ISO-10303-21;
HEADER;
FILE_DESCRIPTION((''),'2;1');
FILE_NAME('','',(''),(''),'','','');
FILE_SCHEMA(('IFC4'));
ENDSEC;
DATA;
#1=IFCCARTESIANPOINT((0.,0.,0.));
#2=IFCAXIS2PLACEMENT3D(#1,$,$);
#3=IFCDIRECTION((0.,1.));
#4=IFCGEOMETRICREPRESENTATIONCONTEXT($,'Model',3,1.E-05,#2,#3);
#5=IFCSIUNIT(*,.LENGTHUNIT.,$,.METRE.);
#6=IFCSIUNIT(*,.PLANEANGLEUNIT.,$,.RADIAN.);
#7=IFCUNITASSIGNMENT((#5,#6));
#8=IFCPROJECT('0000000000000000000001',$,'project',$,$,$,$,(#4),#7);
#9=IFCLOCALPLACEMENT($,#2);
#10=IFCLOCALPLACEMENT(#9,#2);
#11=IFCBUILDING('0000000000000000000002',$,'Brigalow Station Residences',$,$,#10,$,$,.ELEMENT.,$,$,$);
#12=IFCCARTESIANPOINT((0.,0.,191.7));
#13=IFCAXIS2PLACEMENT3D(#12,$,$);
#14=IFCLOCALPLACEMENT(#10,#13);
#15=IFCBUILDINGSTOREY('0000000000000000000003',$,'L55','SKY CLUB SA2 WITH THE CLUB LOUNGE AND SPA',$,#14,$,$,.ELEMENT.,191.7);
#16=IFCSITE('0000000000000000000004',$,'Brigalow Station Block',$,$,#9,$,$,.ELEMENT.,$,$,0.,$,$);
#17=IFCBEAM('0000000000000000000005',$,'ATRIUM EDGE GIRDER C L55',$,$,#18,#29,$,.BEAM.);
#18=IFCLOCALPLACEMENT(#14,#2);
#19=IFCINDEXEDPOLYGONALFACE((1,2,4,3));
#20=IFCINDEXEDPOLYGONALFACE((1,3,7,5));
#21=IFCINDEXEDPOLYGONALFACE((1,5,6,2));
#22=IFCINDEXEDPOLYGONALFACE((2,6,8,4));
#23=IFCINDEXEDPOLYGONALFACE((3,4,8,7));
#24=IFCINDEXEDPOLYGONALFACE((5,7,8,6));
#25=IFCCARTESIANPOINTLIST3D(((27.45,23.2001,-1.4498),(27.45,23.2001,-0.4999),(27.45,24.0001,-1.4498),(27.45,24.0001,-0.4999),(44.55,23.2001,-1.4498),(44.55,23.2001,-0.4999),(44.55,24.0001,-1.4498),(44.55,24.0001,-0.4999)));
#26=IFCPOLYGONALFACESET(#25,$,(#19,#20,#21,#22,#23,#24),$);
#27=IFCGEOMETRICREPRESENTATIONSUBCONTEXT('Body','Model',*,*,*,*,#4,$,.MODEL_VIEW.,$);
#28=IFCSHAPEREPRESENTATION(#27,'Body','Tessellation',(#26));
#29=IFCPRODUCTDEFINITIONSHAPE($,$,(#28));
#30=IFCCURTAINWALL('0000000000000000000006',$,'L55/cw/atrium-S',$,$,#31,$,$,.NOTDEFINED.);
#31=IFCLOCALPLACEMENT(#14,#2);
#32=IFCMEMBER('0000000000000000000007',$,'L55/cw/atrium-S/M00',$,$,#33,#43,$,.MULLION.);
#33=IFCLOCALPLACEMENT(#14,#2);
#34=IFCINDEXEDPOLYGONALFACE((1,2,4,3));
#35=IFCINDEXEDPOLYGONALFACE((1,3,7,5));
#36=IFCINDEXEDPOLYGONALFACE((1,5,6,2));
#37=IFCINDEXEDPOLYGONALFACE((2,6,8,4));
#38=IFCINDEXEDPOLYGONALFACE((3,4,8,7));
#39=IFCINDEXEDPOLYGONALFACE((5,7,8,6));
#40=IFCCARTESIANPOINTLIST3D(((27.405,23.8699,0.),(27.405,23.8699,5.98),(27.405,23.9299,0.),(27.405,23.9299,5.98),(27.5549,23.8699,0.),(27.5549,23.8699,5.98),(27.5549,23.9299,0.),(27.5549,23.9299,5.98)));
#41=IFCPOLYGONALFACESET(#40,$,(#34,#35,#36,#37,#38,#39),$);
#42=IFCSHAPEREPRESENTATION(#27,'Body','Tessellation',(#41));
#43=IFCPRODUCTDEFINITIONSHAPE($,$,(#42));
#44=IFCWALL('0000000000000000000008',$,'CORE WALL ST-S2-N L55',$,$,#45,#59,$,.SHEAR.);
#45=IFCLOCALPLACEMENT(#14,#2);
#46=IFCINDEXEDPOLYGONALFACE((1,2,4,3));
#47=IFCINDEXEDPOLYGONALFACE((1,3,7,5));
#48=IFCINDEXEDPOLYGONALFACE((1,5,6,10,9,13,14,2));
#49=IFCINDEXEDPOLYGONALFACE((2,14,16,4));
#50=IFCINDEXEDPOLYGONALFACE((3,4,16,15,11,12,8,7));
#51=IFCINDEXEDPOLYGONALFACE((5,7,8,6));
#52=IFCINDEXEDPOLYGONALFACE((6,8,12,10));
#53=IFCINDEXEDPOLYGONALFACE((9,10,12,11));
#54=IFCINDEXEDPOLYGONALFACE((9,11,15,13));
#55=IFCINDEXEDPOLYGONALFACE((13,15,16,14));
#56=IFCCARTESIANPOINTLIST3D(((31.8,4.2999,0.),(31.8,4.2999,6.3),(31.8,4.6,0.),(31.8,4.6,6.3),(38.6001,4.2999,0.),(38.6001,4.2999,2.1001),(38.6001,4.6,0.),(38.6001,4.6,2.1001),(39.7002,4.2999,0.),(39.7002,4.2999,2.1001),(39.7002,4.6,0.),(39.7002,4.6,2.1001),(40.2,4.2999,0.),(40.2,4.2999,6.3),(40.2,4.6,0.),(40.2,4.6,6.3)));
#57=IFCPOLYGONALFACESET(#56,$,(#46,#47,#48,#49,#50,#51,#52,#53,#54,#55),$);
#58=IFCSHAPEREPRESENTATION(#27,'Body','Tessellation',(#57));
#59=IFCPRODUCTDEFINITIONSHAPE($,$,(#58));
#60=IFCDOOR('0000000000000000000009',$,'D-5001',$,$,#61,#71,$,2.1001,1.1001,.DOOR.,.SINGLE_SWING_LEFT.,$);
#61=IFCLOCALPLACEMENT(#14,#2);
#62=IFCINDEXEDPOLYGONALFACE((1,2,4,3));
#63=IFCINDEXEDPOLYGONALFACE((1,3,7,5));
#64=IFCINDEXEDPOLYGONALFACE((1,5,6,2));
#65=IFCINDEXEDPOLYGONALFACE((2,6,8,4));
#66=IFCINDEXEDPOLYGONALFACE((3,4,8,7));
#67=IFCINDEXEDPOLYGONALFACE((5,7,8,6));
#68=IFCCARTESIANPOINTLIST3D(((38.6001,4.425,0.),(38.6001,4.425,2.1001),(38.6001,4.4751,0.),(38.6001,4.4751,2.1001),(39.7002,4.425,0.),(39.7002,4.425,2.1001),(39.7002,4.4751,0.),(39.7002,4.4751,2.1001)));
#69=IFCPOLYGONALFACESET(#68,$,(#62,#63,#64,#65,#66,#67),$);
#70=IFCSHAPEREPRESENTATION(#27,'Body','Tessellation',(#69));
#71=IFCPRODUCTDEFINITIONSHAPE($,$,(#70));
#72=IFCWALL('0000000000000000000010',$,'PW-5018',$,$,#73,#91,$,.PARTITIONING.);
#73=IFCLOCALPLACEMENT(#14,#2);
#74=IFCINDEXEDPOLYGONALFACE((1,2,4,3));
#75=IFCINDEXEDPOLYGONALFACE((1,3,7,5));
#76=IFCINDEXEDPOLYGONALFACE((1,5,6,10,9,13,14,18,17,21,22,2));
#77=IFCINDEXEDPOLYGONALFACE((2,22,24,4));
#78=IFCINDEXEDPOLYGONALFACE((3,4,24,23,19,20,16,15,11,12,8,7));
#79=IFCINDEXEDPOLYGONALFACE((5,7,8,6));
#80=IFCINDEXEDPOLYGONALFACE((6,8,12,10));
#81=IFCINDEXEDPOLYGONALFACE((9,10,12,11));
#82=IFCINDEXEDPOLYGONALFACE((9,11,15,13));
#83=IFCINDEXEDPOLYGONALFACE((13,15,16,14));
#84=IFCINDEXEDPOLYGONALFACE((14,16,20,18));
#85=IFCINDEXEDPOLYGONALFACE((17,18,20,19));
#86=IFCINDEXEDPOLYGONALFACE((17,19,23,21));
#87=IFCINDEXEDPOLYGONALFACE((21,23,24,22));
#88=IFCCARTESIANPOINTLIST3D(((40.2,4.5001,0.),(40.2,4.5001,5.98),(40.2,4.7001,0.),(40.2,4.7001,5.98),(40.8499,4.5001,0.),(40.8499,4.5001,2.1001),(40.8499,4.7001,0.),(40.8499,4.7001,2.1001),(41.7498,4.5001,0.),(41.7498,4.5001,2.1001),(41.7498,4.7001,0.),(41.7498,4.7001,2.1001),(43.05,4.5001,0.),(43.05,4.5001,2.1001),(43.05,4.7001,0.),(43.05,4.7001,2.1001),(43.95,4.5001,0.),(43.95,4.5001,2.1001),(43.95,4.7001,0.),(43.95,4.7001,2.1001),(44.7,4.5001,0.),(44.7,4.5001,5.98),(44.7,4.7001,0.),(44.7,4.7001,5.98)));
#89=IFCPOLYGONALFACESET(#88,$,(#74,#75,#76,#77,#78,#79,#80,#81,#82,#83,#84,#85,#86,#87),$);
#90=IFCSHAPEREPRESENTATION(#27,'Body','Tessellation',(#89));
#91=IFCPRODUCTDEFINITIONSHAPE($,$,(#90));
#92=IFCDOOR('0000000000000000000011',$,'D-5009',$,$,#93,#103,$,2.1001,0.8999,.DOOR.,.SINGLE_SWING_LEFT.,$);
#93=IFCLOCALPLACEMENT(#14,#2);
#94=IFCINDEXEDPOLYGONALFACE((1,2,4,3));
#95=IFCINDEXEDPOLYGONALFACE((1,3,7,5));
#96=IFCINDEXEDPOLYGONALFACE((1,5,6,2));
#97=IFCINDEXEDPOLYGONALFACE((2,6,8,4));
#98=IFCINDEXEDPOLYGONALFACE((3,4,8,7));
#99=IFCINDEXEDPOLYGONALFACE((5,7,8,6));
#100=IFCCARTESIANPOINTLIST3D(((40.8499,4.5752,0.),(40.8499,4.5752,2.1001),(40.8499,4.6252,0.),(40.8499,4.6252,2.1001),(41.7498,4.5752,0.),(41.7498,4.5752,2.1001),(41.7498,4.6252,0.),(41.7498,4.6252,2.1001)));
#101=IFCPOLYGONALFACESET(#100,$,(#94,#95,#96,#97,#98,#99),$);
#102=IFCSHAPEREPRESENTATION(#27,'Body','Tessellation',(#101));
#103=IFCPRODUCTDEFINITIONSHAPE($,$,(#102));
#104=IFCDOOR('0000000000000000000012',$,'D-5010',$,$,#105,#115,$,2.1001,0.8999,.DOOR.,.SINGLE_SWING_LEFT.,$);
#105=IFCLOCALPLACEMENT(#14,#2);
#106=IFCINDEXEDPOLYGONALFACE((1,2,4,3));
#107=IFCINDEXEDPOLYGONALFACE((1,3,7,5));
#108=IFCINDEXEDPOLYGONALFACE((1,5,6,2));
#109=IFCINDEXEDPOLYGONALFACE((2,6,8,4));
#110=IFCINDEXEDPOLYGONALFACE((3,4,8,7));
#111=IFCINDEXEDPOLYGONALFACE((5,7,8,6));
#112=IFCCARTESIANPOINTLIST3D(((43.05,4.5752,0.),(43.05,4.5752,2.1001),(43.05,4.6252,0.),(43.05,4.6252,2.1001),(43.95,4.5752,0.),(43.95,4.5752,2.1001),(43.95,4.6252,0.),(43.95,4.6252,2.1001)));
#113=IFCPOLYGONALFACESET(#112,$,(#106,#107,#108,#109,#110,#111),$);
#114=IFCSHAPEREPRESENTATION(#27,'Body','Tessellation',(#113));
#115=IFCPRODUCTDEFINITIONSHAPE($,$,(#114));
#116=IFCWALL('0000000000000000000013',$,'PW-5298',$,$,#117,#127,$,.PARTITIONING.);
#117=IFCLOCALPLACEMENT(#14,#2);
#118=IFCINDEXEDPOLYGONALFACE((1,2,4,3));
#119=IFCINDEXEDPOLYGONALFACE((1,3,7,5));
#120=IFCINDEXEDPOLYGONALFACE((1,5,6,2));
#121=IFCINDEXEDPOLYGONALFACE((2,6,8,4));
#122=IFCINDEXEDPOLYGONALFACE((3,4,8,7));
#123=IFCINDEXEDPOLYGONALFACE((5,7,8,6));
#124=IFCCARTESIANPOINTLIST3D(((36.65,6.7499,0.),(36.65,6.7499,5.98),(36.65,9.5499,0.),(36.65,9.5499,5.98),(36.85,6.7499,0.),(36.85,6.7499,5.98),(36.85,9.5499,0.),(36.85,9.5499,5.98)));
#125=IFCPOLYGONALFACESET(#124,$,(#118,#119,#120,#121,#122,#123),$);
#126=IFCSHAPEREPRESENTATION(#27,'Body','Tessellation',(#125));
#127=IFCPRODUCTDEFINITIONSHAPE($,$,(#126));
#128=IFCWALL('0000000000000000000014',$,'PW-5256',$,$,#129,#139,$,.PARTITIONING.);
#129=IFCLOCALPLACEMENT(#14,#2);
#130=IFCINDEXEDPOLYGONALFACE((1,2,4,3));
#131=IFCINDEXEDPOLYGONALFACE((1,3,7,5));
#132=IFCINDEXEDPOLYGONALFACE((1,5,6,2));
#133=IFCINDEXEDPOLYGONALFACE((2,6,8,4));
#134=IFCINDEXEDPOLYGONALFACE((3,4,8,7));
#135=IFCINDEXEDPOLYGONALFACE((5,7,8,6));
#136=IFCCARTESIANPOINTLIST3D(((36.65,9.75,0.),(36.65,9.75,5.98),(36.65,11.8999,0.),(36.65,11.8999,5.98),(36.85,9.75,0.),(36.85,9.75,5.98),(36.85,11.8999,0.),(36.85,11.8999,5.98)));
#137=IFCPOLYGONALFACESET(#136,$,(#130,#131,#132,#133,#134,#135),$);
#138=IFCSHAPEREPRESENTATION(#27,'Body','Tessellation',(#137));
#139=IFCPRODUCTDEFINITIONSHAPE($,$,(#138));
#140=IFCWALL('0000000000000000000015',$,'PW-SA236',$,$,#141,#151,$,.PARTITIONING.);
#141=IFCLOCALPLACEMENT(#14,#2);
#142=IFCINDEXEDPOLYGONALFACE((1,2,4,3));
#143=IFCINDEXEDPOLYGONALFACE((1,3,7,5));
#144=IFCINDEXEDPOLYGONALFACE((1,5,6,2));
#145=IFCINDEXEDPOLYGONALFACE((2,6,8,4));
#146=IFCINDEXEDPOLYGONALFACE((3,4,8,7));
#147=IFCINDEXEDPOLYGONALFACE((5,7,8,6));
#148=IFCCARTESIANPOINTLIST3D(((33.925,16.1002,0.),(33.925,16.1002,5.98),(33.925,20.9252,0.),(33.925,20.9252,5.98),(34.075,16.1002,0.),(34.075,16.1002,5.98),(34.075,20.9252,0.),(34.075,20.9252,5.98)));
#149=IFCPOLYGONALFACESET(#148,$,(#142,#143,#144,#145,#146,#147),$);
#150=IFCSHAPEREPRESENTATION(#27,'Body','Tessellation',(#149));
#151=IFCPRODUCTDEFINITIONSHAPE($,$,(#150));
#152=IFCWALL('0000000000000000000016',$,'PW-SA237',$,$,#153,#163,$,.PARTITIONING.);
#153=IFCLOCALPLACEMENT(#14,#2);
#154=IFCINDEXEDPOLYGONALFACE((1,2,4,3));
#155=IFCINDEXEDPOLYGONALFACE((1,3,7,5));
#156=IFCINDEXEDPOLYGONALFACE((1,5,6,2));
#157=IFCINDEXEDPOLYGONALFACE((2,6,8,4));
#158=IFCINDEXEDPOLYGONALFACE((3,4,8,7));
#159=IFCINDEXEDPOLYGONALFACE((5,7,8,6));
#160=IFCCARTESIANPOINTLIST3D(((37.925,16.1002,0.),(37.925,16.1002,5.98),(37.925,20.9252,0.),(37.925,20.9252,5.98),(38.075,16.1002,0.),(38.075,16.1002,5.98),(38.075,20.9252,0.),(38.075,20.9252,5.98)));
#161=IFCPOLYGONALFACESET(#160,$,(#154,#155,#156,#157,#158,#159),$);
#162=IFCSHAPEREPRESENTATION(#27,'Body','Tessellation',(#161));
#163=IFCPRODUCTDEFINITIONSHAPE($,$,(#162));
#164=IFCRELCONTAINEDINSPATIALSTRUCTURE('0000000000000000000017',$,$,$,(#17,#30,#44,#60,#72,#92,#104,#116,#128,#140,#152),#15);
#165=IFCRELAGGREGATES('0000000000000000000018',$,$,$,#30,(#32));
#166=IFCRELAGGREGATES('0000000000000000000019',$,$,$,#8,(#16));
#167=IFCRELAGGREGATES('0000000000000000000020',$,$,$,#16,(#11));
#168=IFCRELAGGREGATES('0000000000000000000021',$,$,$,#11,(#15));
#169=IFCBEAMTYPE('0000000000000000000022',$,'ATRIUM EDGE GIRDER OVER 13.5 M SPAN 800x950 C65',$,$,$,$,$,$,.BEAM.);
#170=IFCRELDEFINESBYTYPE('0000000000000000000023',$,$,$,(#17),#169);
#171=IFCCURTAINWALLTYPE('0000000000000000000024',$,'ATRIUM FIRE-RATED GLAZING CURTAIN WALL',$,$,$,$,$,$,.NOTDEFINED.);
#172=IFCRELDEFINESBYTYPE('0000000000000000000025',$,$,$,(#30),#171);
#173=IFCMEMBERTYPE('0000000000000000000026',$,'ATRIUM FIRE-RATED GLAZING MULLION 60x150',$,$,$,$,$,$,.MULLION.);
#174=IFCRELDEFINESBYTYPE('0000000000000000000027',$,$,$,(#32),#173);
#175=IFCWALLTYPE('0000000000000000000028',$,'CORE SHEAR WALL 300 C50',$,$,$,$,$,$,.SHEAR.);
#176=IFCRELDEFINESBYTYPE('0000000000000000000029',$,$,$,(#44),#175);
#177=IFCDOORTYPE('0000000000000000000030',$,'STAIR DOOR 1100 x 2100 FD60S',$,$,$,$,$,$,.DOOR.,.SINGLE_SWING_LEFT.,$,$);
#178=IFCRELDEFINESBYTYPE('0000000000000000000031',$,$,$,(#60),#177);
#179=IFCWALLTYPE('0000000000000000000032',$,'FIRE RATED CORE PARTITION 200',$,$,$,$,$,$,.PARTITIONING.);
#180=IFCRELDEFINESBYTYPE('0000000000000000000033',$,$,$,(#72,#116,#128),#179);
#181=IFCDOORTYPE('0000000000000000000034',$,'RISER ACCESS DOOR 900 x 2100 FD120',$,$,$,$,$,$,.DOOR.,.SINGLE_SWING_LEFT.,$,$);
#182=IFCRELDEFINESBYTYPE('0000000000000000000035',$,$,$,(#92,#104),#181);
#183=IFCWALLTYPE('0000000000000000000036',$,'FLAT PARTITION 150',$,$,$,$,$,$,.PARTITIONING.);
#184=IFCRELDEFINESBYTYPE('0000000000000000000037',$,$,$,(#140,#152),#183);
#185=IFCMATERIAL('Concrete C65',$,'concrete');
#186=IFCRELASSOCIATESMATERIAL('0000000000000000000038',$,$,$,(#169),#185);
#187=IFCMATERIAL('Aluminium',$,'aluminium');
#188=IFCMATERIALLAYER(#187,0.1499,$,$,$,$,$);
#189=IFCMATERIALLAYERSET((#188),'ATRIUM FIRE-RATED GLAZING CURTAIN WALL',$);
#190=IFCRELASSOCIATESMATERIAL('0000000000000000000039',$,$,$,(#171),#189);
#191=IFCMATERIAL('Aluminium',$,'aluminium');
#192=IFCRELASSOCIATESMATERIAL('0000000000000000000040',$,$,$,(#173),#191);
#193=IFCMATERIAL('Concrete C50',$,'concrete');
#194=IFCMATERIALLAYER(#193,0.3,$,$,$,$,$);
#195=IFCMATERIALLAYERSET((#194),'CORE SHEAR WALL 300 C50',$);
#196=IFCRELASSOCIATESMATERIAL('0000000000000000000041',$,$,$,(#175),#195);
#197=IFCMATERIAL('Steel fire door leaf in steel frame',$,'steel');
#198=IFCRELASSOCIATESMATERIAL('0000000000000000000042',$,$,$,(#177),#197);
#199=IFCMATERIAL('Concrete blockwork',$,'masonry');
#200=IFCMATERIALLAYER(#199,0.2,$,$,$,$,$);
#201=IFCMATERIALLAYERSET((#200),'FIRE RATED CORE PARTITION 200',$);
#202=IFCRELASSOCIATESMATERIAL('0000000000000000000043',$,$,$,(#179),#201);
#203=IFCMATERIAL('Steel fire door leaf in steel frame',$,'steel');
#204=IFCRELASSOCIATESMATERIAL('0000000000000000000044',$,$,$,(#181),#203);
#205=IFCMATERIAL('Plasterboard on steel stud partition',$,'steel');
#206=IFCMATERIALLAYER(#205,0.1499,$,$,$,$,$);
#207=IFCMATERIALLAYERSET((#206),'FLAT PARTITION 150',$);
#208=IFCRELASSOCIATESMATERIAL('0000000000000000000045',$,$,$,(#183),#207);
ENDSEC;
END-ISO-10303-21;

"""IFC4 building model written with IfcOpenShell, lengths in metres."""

from ifc_helpers import new_model, si_unit, direction, frame, frame_2d, origin, origin_2d, place, context, subcontext, project, spatial, rectangle, extrude, material, layer, layer_set, material_profile, profile_set, type_object, element, fill, aggregate, save


model = new_model("IFC4")

# Units and contexts
model_context = context("Model", 3, precision=1e-05, world=origin(), true_north=direction((0.0, 1.0)))
body_context = subcontext(model_context, "Body", "Model", "MODEL_VIEW")
ifc_project = project(units=[si_unit("LENGTHUNIT", "METRE"), si_unit("PLANEANGLEUNIT", "RADIAN")], contexts=[model_context])

# Site, building, storey
site_placement = place(None, origin())
site = spatial("IfcSite", under=ifc_project, at=site_placement, Name="Brigalow Station Block", CompositionType="ELEMENT", RefElevation=0.0)
building_placement = place(site_placement, origin())
building = spatial("IfcBuilding", under=site, at=building_placement, Name="Brigalow Station Residences", CompositionType="ELEMENT")
storey_placement = place(building_placement, frame((0.0, 0.0, 191.7)))
storey = spatial("IfcBuildingStorey", under=building, at=storey_placement, Name="L55", Description="SKY CLUB SA2 WITH THE CLUB LOUNGE AND SPA", CompositionType="ELEMENT", Elevation=191.7)

# Beam
ifc_material_1 = material(Name="Concrete C65", Category="concrete")
ifc_material_profile_1 = material_profile(ifc_material_1, rectangle(XDim=0.8, YDim=0.95, at=origin_2d()), Name="RC800x950")
ifc_profile_set_1 = profile_set([ifc_material_profile_1], Name="Concrete C65")
beam_type = type_object("IfcBeamType", Name="ATRIUM EDGE GIRDER OVER 13.5 M SPAN 800x950 C65", PredefinedType="BEAM", material=ifc_profile_set_1)
beam_placement = place(storey_placement, frame((27.45, 23.6001, -0.9749), z_axis=(1.0, 0.0, 0.0), x_axis=(0.0, 1.0, 0.0)))
element("IfcBeam", 1, at=beam_placement, inside=storey, type_object=beam_type, Name="ATRIUM EDGE GIRDER C L55", PredefinedType="BEAM", context=body_context, shape_type="SweptSolid", body=[
    extrude(rectangle(XDim=0.8, YDim=0.95, at=origin_2d()), origin(), (0.0, 0.0, 1.0), 17.1001),
])

# Curtain wall, member
ifc_material_2 = material(Name="Aluminium", Category="aluminium")
ifc_layer_1 = layer(ifc_material_2, 0.1499)
ifc_layer_set_1 = layer_set([ifc_layer_1], Name="ATRIUM FIRE-RATED GLAZING CURTAIN WALL")
curtain_wall_type = type_object("IfcCurtainWallType", Name="ATRIUM FIRE-RATED GLAZING CURTAIN WALL", PredefinedType="NOTDEFINED", material=ifc_layer_set_1)
curtain_wall_placement = place(storey_placement, origin())
curtain_wall = element("IfcCurtainWall", 2, at=curtain_wall_placement, inside=storey, type_object=curtain_wall_type, Name="L55/cw/atrium-S", PredefinedType="NOTDEFINED")
ifc_material_3 = material(Name="Aluminium", Category="aluminium")
ifc_material_profile_2 = material_profile(ifc_material_3, rectangle(XDim=0.0601, YDim=0.1499, at=origin_2d()), Name="ATRIUM FIRE-RATED GLAZING MULLION 60x150")
ifc_profile_set_2 = profile_set([ifc_material_profile_2], Name="Aluminium")
member_type = type_object("IfcMemberType", Name="ATRIUM FIRE-RATED GLAZING MULLION 60x150", PredefinedType="MULLION", material=ifc_profile_set_2)
member_placement = place(storey_placement, frame((27.48, 23.8999, 0.0), z_axis=(0.0, 0.0, 1.0), x_axis=(0.0, 1.0, 0.0)))
member = element("IfcMember", 3, at=member_placement, type_object=member_type, Name="L55/cw/atrium-S/M00", PredefinedType="MULLION", context=body_context, shape_type="SweptSolid", body=[
    extrude(rectangle(XDim=0.0601, YDim=0.1499, at=origin_2d()), origin(), (0.0, 0.0, 1.0), 5.98),
])
aggregate(curtain_wall, [member])

# Wall, opening, door
ifc_material_4 = material(Name="Concrete C50", Category="concrete")
ifc_layer_2 = layer(ifc_material_4, 0.3)
ifc_layer_set_2 = layer_set([ifc_layer_2], Name="CORE SHEAR WALL 300 C50")
wall_type_1 = type_object("IfcWallType", Name="CORE SHEAR WALL 300 C50", PredefinedType="SHEAR", material=ifc_layer_set_2)
wall_1_placement = place(storey_placement, frame((31.8, 4.45, 0.0), z_axis=(0.0, 0.0, 1.0), x_axis=(1.0, 0.0, 0.0)))
wall_1 = element("IfcWall", 4, at=wall_1_placement, inside=storey, type_object=wall_type_1, Name="CORE WALL ST-S2-N L55", PredefinedType="SHEAR", context=body_context, shape_type="SweptSolid", body=[
    extrude(rectangle(XDim=8.3999, YDim=0.3, at=frame_2d((4.2, 0.0))), origin(), (0.0, 0.0, 1.0), 6.3),
])
opening_1_placement = place(wall_1_placement, frame((6.8, 0.0, 0.0)))
opening_1 = element("IfcOpeningElement", 5, at=opening_1_placement, cuts=wall_1, PredefinedType="OPENING", context=body_context, shape_type="SweptSolid", body=[
    extrude(rectangle(XDim=1.1001, YDim=2.1001, at=frame_2d((0.55, 1.05))), frame((0.0, 0.1602, 0.0), z_axis=(0.0, -1.0, 0.0), x_axis=(1.0, 0.0, 0.0)), (0.0, 0.0, 1.0), 0.3201),
])
ifc_material_5 = material(Name="Steel fire door leaf in steel frame", Category="steel")
door_type_1 = type_object("IfcDoorType", Name="STAIR DOOR 1100 x 2100 FD60S", OperationType="SINGLE_SWING_LEFT", PredefinedType="DOOR", material=ifc_material_5)
door_1_placement = place(opening_1_placement, frame((1.1001, 0.0, 0.0), z_axis=(0.0, 0.0, 1.0), x_axis=(-1.0, 0.0, 0.0)))
door_1 = element("IfcDoor", 6, at=door_1_placement, inside=storey, type_object=door_type_1, Name="D-5001", OperationType="SINGLE_SWING_LEFT", OverallHeight=2.1001, OverallWidth=1.1001, PredefinedType="DOOR", context=body_context, shape_type="SweptSolid", body=[
    extrude(rectangle(XDim=1.1001, YDim=2.1001, at=frame_2d((0.55, 1.05))), frame((0.0, 0.0249, 0.0), z_axis=(0.0, -1.0, 0.0), x_axis=(1.0, 0.0, 0.0)), (0.0, 0.0, 1.0), 0.05),
])
fill(opening_1, door_1)

# Wall, openings, doors
ifc_material_6 = material(Name="Concrete blockwork", Category="masonry")
ifc_layer_3 = layer(ifc_material_6, 0.2)
ifc_layer_set_3 = layer_set([ifc_layer_3], Name="FIRE RATED CORE PARTITION 200")
wall_type_2 = type_object("IfcWallType", Name="FIRE RATED CORE PARTITION 200", PredefinedType="PARTITIONING", material=ifc_layer_set_3)
wall_2_placement = place(storey_placement, frame((40.2, 4.6001, 0.0), z_axis=(0.0, 0.0, 1.0), x_axis=(1.0, 0.0, 0.0)))
wall_2 = element("IfcWall", 7, at=wall_2_placement, inside=storey, type_object=wall_type_2, Name="PW-5018", PredefinedType="PARTITIONING", context=body_context, shape_type="SweptSolid", body=[
    extrude(rectangle(XDim=4.5, YDim=0.2, at=frame_2d((2.25, 0.0))), origin(), (0.0, 0.0, 1.0), 5.98),
])
opening_2_placement = place(wall_2_placement, frame((0.6499, 0.0, 0.0)))
opening_2 = element("IfcOpeningElement", 8, at=opening_2_placement, cuts=wall_2, PredefinedType="OPENING", context=body_context, shape_type="SweptSolid", body=[
    extrude(rectangle(XDim=0.8999, YDim=2.1001, at=frame_2d((0.45, 1.05))), frame((0.0, 0.1099, 0.0), z_axis=(0.0, -1.0, 0.0), x_axis=(1.0, 0.0, 0.0)), (0.0, 0.0, 1.0), 0.22),
])
opening_3_placement = place(wall_2_placement, frame((2.8501, 0.0, 0.0)))
opening_3 = element("IfcOpeningElement", 9, at=opening_3_placement, cuts=wall_2, PredefinedType="OPENING", context=body_context, shape_type="SweptSolid", body=[
    extrude(rectangle(XDim=0.8999, YDim=2.1001, at=frame_2d((0.45, 1.05))), frame((0.0, 0.1099, 0.0), z_axis=(0.0, -1.0, 0.0), x_axis=(1.0, 0.0, 0.0)), (0.0, 0.0, 1.0), 0.22),
])
ifc_material_7 = material(Name="Steel fire door leaf in steel frame", Category="steel")
door_type_2 = type_object("IfcDoorType", Name="RISER ACCESS DOOR 900 x 2100 FD120", OperationType="SINGLE_SWING_LEFT", PredefinedType="DOOR", material=ifc_material_7)
door_2_placement = place(opening_2_placement, frame((0.8999, 0.0, 0.0), z_axis=(0.0, 0.0, 1.0), x_axis=(-1.0, 0.0, 0.0)))
door_2 = element("IfcDoor", 10, at=door_2_placement, inside=storey, type_object=door_type_2, Name="D-5009", OperationType="SINGLE_SWING_LEFT", OverallHeight=2.1001, OverallWidth=0.8999, PredefinedType="DOOR", context=body_context, shape_type="SweptSolid", body=[
    extrude(rectangle(XDim=0.8999, YDim=2.1001, at=frame_2d((0.45, 1.05))), frame((0.0, 0.0249, 0.0), z_axis=(0.0, -1.0, 0.0), x_axis=(1.0, 0.0, 0.0)), (0.0, 0.0, 1.0), 0.05),
])
fill(opening_2, door_2)
door_3_placement = place(opening_3_placement, frame((0.8999, 0.0, 0.0), z_axis=(0.0, 0.0, 1.0), x_axis=(-1.0, 0.0, 0.0)))
door_3 = element("IfcDoor", 11, at=door_3_placement, inside=storey, type_object=door_type_2, Name="D-5010", OperationType="SINGLE_SWING_LEFT", OverallHeight=2.1001, OverallWidth=0.8999, PredefinedType="DOOR", context=body_context, shape_type="SweptSolid", body=[
    extrude(rectangle(XDim=0.8999, YDim=2.1001, at=frame_2d((0.45, 1.05))), frame((0.0, 0.0249, 0.0), z_axis=(0.0, -1.0, 0.0), x_axis=(1.0, 0.0, 0.0)), (0.0, 0.0, 1.0), 0.05),
])
fill(opening_3, door_3)

# Walls
wall_3_placement = place(storey_placement, frame((36.75, 6.75, 0.0), z_axis=(0.0, 0.0, 1.0), x_axis=(0.0, 1.0, 0.0)))
element("IfcWall", 12, at=wall_3_placement, inside=storey, type_object=wall_type_2, Name="PW-5298", PredefinedType="PARTITIONING", context=body_context, shape_type="SweptSolid", body=[
    extrude(rectangle(XDim=2.8, YDim=0.2, at=frame_2d((1.3999, 0.0))), origin(), (0.0, 0.0, 1.0), 5.98),
])
wall_4_placement = place(storey_placement, frame((36.75, 9.75, 0.0), z_axis=(0.0, 0.0, 1.0), x_axis=(0.0, 1.0, 0.0)))
element("IfcWall", 13, at=wall_4_placement, inside=storey, type_object=wall_type_2, Name="PW-5256", PredefinedType="PARTITIONING", context=body_context, shape_type="SweptSolid", body=[
    extrude(rectangle(XDim=2.1499, YDim=0.2, at=frame_2d((1.075, 0.0))), origin(), (0.0, 0.0, 1.0), 5.98),
])
ifc_material_8 = material(Name="Plasterboard on steel stud partition", Category="steel")
ifc_layer_4 = layer(ifc_material_8, 0.1499)
ifc_layer_set_4 = layer_set([ifc_layer_4], Name="FLAT PARTITION 150")
wall_type_3 = type_object("IfcWallType", Name="FLAT PARTITION 150", PredefinedType="PARTITIONING", material=ifc_layer_set_4)
for number, where, z_axis, x_axis, name in (
    (14, (34.0, 16.1001, 0.0), (0.0, 0.0, 1.0), (0.0, 1.0, 0.0), "PW-SA236"),
    (15, (38.0, 16.1001, 0.0), (0.0, 0.0, 1.0), (0.0, 1.0, 0.0), "PW-SA237"),
):
    element("IfcWall", number, at=place(storey_placement, frame(where, z_axis=z_axis, x_axis=x_axis)), inside=storey, type_object=wall_type_3, Name=name, PredefinedType="PARTITIONING", context=body_context, shape_type="SweptSolid", body=[
        extrude(rectangle(XDim=4.825, YDim=0.1499, at=frame_2d((2.4126, 0.0))), origin(), (0.0, 0.0, 1.0), 5.98),
    ])

save(model, "model.ifc")
